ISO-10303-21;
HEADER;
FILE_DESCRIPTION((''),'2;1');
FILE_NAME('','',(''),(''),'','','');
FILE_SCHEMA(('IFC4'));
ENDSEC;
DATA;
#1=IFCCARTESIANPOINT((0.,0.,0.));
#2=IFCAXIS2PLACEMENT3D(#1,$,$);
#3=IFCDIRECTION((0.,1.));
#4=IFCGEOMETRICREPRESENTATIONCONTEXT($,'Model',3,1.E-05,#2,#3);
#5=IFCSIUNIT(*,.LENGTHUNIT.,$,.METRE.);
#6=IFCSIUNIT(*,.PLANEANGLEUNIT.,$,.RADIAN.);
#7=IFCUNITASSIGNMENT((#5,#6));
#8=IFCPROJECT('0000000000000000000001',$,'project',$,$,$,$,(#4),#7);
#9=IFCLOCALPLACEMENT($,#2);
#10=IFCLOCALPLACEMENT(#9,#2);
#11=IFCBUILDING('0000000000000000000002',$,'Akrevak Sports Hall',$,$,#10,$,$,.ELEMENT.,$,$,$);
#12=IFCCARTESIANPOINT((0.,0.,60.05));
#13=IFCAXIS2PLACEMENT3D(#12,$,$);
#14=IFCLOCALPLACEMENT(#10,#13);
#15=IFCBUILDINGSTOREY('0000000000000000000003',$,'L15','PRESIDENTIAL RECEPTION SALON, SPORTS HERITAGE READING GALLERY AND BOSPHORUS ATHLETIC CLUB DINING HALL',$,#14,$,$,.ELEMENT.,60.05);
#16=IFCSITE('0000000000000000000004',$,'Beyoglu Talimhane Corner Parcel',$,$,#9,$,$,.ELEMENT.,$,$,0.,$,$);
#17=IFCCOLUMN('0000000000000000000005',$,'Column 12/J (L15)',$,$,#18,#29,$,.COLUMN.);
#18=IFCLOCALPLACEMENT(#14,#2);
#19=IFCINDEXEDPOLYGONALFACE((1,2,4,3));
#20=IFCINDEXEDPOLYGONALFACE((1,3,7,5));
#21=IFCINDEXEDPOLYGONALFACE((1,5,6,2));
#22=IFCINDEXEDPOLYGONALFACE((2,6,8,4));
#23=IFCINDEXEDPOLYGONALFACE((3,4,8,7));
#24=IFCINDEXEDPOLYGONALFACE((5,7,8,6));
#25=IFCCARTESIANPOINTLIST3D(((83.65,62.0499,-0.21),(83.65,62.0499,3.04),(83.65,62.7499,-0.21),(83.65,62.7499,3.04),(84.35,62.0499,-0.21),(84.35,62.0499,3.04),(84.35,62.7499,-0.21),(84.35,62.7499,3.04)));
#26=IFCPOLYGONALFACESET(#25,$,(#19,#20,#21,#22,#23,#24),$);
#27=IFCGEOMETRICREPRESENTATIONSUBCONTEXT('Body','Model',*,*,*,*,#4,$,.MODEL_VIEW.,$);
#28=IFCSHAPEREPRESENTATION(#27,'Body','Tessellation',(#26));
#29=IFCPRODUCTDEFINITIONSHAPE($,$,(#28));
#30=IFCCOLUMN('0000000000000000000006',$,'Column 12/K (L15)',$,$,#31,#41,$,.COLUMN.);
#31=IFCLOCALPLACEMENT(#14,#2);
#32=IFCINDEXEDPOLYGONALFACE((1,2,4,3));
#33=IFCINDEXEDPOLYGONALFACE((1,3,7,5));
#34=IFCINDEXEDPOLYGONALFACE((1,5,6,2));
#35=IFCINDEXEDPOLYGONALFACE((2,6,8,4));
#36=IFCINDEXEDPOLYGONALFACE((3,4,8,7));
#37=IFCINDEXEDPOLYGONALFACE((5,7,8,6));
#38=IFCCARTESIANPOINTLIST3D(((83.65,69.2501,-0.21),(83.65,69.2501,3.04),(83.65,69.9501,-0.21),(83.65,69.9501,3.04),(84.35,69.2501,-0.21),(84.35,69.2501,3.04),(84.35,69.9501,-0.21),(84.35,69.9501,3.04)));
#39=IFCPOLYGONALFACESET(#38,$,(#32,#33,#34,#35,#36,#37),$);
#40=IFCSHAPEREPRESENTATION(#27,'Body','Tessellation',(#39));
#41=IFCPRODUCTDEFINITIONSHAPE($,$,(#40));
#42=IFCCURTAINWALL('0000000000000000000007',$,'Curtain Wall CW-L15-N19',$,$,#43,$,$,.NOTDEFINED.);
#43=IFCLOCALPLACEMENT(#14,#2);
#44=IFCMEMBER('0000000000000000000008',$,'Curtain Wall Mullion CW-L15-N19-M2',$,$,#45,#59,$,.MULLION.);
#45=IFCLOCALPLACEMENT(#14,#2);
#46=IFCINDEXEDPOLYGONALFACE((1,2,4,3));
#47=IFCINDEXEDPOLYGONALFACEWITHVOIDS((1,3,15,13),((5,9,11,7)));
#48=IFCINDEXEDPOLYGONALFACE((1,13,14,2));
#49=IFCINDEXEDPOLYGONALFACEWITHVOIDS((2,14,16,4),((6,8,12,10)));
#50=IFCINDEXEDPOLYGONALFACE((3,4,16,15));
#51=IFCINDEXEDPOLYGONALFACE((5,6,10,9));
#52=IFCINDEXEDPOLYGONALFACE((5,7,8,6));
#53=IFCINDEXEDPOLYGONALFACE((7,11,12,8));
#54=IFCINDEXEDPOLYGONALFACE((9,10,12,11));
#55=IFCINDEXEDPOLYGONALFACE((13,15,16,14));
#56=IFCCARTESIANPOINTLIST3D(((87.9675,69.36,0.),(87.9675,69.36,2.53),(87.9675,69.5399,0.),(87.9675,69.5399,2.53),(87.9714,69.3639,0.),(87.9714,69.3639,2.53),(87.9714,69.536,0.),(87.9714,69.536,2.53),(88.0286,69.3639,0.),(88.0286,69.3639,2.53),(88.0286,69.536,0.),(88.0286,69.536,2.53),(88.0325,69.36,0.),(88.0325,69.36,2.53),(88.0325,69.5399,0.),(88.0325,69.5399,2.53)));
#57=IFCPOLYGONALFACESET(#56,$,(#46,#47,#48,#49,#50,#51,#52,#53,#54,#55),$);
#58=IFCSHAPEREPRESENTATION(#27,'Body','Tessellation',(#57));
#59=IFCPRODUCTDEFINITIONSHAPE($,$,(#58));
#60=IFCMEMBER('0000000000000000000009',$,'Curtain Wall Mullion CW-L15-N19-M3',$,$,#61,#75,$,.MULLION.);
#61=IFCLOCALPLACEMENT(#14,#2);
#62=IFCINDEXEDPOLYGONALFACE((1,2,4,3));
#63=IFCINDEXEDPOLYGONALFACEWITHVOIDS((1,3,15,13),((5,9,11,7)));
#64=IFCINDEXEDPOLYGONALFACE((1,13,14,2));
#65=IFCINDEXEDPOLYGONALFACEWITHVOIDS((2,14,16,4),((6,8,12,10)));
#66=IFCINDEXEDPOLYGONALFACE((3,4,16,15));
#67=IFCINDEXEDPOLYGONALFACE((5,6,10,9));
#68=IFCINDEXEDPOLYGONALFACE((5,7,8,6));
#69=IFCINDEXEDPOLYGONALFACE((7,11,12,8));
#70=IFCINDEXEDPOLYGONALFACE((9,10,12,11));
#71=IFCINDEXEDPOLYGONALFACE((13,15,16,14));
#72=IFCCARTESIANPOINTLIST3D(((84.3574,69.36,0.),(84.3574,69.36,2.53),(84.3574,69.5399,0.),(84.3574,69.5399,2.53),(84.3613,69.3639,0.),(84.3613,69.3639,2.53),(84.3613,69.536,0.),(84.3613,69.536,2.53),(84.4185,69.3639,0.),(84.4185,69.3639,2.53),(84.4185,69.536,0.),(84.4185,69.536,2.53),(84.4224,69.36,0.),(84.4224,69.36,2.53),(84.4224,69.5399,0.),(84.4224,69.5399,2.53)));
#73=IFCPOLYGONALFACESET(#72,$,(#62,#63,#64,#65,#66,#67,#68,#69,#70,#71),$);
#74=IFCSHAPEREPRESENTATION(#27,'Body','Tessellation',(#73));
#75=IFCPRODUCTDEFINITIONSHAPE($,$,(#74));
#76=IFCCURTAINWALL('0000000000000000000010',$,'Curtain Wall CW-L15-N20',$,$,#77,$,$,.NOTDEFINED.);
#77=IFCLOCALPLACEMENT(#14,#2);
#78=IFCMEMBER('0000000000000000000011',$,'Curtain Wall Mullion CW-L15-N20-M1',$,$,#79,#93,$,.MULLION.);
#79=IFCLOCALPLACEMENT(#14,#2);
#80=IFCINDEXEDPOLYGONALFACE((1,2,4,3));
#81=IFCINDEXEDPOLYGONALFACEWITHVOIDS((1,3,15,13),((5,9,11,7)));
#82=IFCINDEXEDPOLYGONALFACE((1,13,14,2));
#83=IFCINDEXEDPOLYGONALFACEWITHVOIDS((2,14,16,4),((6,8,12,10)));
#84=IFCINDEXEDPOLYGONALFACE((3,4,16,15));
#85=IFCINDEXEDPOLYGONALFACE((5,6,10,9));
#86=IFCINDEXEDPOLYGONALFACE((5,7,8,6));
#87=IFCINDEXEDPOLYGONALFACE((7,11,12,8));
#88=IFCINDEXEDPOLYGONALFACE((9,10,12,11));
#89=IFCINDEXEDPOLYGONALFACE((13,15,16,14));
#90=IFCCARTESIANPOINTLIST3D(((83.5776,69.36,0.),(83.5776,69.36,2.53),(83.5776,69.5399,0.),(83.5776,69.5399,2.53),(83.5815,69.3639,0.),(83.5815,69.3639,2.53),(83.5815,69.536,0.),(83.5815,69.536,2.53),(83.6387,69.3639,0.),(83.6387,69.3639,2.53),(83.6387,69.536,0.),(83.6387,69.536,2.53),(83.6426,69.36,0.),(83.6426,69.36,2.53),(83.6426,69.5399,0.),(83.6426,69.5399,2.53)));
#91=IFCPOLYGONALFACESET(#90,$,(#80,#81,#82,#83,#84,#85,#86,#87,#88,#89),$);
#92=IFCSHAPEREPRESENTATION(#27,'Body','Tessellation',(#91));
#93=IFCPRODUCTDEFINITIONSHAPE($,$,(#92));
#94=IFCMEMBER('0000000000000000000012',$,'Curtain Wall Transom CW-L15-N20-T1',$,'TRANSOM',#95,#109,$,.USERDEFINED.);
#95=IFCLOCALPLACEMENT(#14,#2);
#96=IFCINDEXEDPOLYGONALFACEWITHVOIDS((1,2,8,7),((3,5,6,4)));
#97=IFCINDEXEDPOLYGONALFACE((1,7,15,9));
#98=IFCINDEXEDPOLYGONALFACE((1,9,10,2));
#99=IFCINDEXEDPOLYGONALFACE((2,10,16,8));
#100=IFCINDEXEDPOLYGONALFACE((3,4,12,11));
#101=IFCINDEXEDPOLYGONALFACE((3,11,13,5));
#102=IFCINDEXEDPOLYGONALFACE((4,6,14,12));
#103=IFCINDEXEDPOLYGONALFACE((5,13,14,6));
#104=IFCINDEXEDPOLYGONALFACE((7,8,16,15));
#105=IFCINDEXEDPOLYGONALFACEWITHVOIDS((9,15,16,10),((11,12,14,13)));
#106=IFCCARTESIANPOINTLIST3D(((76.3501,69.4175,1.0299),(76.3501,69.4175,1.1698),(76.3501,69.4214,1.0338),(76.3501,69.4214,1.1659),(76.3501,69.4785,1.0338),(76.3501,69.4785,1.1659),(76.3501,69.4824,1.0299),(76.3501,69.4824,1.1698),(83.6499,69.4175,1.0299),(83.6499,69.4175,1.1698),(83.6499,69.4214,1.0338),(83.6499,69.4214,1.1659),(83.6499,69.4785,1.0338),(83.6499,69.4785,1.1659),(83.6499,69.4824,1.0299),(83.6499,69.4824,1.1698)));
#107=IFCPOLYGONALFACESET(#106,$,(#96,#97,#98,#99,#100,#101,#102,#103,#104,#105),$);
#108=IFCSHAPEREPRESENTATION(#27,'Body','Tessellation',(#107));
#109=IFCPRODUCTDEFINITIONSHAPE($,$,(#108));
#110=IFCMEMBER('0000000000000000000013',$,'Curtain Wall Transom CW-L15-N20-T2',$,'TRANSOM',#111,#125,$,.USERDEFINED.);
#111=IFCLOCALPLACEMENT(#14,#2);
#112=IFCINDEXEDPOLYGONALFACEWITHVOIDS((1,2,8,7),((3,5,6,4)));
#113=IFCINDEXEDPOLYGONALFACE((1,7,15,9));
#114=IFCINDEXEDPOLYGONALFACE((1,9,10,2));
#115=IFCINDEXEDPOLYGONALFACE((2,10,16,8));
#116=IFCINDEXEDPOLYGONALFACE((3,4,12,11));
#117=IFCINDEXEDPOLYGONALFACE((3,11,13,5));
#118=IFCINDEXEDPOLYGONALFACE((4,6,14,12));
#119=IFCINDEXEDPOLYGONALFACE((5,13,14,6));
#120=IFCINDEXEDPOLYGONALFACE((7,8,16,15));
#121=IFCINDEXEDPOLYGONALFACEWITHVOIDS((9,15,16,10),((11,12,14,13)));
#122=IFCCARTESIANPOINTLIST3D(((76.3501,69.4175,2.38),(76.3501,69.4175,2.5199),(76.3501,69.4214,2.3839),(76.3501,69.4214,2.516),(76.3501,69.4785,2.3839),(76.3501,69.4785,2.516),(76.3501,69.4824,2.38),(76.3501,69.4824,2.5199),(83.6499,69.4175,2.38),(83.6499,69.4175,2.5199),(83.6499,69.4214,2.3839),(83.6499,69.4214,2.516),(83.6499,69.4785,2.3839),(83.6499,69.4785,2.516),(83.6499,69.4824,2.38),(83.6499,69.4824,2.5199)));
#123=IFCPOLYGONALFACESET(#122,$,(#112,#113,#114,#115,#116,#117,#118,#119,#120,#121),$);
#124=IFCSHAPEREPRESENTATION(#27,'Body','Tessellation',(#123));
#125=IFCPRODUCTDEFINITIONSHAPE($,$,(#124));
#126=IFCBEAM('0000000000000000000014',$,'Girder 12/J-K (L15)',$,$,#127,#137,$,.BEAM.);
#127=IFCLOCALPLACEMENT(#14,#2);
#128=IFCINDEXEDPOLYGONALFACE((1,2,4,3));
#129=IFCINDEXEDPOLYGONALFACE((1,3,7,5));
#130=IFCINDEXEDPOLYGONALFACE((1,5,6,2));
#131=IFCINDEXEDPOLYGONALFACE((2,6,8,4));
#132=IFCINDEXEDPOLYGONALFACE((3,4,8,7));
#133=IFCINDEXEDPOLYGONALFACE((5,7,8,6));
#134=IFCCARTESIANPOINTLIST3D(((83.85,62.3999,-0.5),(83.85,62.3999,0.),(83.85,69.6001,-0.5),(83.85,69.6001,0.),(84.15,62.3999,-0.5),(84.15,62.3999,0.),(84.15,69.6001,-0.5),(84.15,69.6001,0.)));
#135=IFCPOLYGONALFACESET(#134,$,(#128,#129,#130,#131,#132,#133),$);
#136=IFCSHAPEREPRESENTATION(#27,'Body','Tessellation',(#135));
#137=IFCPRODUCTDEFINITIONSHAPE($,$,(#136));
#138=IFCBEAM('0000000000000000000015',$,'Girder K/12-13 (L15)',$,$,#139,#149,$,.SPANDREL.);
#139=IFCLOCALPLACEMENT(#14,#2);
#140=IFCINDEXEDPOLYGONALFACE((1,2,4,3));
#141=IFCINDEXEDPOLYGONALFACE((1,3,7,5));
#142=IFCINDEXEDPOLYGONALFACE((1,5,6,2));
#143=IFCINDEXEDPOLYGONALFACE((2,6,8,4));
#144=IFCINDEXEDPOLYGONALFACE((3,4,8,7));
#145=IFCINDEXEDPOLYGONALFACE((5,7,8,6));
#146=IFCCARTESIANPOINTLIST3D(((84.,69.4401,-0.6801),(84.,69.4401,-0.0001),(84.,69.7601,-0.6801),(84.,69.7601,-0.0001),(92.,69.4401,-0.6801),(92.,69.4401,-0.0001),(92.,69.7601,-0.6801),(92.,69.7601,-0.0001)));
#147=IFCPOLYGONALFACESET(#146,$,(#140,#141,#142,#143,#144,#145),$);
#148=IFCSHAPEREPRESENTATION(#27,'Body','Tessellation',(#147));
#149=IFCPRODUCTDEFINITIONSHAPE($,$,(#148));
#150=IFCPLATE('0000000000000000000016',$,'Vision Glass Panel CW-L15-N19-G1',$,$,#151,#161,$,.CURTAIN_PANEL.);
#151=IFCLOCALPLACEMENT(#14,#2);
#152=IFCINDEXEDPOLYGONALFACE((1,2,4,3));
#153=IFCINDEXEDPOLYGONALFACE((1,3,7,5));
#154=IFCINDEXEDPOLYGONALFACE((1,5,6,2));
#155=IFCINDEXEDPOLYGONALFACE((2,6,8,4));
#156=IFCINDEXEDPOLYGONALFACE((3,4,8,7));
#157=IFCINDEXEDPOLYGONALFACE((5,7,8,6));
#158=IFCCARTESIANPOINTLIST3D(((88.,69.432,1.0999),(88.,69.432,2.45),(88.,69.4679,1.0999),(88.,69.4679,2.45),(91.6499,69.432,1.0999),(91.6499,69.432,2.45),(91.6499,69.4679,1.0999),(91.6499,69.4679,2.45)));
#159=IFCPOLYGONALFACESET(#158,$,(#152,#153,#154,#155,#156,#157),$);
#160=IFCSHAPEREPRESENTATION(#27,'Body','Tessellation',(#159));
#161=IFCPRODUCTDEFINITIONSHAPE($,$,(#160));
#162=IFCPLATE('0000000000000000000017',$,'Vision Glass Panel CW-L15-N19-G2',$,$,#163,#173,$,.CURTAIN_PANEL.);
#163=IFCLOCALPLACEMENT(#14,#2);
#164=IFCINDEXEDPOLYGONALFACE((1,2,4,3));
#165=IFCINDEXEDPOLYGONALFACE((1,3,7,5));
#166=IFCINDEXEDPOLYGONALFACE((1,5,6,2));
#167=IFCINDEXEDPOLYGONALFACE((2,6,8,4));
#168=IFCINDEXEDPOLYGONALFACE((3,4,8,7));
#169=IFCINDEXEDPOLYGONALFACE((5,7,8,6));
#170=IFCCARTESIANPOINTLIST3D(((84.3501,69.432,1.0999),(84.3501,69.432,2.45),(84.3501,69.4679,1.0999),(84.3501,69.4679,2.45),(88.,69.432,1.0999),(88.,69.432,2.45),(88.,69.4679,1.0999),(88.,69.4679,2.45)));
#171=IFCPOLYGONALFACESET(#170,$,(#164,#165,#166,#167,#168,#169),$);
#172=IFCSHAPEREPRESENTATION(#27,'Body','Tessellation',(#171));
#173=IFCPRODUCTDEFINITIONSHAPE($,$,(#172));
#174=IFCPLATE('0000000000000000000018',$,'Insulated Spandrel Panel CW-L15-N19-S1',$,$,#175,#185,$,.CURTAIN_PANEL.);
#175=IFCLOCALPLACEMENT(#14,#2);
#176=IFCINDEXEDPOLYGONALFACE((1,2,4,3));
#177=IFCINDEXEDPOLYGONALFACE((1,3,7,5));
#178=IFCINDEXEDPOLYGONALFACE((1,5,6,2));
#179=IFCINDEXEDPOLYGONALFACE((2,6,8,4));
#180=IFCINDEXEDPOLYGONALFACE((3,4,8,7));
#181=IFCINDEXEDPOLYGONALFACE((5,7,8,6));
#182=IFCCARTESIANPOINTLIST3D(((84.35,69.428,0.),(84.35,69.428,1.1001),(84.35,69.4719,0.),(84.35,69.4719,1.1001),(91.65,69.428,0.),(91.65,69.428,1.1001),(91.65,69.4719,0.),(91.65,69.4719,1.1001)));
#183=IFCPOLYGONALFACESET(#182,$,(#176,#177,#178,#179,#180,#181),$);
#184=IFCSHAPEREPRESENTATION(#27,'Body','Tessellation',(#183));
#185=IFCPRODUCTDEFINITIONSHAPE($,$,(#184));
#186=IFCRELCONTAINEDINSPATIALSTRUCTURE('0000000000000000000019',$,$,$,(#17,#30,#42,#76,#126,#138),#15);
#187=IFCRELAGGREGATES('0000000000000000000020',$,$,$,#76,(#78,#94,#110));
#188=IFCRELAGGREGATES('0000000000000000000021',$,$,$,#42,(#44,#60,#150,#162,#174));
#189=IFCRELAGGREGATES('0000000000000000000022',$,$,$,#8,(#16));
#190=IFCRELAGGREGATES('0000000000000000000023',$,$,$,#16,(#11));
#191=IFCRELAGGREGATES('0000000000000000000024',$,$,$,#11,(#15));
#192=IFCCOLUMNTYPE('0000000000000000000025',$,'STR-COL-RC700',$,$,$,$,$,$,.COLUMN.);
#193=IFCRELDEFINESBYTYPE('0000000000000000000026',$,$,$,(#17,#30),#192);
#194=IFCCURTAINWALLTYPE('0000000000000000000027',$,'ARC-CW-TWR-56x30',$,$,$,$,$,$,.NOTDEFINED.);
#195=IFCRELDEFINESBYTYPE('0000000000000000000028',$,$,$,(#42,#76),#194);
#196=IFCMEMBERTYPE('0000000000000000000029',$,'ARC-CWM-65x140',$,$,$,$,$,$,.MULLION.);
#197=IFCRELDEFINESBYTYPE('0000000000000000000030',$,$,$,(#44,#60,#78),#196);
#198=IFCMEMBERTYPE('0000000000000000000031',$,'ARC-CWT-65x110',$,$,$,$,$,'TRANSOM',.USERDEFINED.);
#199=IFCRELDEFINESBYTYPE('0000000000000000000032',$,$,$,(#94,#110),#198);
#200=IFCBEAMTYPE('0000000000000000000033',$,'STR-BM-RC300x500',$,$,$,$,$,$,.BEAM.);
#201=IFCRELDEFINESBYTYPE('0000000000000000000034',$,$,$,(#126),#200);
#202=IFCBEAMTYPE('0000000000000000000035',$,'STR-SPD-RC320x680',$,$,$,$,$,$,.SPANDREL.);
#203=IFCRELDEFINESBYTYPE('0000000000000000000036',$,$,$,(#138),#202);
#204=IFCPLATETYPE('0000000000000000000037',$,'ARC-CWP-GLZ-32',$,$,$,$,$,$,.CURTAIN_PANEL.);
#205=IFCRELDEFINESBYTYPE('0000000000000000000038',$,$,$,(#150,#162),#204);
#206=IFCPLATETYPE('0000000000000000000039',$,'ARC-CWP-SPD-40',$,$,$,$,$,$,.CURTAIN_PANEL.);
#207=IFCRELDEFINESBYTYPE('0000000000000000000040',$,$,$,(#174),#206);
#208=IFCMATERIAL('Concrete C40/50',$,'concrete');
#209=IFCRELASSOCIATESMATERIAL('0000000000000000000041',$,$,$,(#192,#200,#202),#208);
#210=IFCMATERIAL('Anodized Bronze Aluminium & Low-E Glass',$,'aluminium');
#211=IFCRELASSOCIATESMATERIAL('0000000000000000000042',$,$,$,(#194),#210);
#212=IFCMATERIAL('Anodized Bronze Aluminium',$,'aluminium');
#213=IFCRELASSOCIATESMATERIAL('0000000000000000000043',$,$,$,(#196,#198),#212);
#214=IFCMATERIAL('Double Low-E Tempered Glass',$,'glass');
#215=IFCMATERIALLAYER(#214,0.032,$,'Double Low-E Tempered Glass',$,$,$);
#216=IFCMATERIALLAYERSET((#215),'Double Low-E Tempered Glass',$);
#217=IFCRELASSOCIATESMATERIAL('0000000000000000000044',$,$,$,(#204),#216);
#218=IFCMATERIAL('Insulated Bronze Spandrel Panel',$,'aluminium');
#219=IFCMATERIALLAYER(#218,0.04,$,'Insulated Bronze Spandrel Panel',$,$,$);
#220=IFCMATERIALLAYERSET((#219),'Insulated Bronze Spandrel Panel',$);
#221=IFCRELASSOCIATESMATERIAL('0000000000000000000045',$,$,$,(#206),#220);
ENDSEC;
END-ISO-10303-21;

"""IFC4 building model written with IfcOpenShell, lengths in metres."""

from ifc_helpers import new_model, si_unit, direction, frame, origin, origin_2d, place, context, subcontext, project, spatial, rectangle, hollow_rectangle, extrude, material, layer, layer_set, material_profile, profile_set, type_object, element, aggregate, save


model = new_model("IFC4")

# Units and contexts
model_context = context("Model", 3, precision=1e-05, world=origin(), true_north=direction((0.0, 1.0)))
body_context = subcontext(model_context, "Body", "Model", "MODEL_VIEW")
ifc_project = project(units=[si_unit("LENGTHUNIT", "METRE"), si_unit("PLANEANGLEUNIT", "RADIAN")], contexts=[model_context])

# Site, building, storey
site_placement = place(None, origin())
site = spatial("IfcSite", under=ifc_project, at=site_placement, Name="Beyoglu Talimhane Corner Parcel", CompositionType="ELEMENT", RefElevation=0.0)
building_placement = place(site_placement, origin())
building = spatial("IfcBuilding", under=site, at=building_placement, Name="Akrevak Sports Hall", CompositionType="ELEMENT")
storey_placement = place(building_placement, frame((0.0, 0.0, 60.05)))
storey = spatial("IfcBuildingStorey", under=building, at=storey_placement, Name="L15", Description="PRESIDENTIAL RECEPTION SALON, SPORTS HERITAGE READING GALLERY AND BOSPHORUS ATHLETIC CLUB DINING HALL", CompositionType="ELEMENT", Elevation=60.05)

# Columns
ifc_material_1 = material(Name="Concrete C40/50", Category="concrete")
ifc_material_profile_1 = material_profile(ifc_material_1, rectangle(XDim=0.7, YDim=0.7, at=origin_2d()), Name="RC 700x700", Category="concrete")
ifc_profile_set_1 = profile_set([ifc_material_profile_1], Name="Concrete C40/50")
column_type = type_object("IfcColumnType", Name="STR-COL-RC700", PredefinedType="COLUMN", material=ifc_profile_set_1)
for number, where, z_axis, x_axis, name in (
    (1, (84.0, 62.3999, -0.21), (0.0, 0.0, 1.0), (1.0, 0.0, 0.0), "Column 12/J (L15)"),
    (2, (84.0, 69.6001, -0.21), (0.0, 0.0, 1.0), (1.0, 0.0, 0.0), "Column 12/K (L15)"),
):
    element("IfcColumn", number, at=place(storey_placement, frame(where, z_axis=z_axis, x_axis=x_axis)), inside=storey, type_object=column_type, Name=name, PredefinedType="COLUMN", context=body_context, shape_type="SweptSolid", body=[
        extrude(rectangle(XDim=0.7, YDim=0.7, at=origin_2d()), origin(), (0.0, 0.0, 1.0), 3.25),
    ])

# Curtain walls, members
ifc_material_2 = material(Name="Anodized Bronze Aluminium & Low-E Glass", Category="aluminium")
curtain_wall_type = type_object("IfcCurtainWallType", Name="ARC-CW-TWR-56x30", PredefinedType="NOTDEFINED", material=ifc_material_2)
curtain_wall_1_placement = place(storey_placement, origin())
curtain_wall_1 = element("IfcCurtainWall", 3, at=curtain_wall_1_placement, inside=storey, type_object=curtain_wall_type, Name="Curtain Wall CW-L15-N19", PredefinedType="NOTDEFINED")
ifc_material_3 = material(Name="Anodized Bronze Aluminium", Category="aluminium")
ifc_material_profile_2 = material_profile(ifc_material_3, hollow_rectangle(XDim=0.0649, YDim=0.1799, WallThickness=0.0039, at=origin_2d()), Name="CWM 65x180", Category="aluminium")
ifc_profile_set_2 = profile_set([ifc_material_profile_2], Name="Anodized Bronze Aluminium")
member_type_1 = type_object("IfcMemberType", Name="ARC-CWM-65x140", PredefinedType="MULLION", material=ifc_profile_set_2)
member_1_placement = place(storey_placement, frame((88.0, 69.45, 0.0), z_axis=(0.0, 0.0, 1.0), x_axis=(-1.0, 0.0, 0.0)))
member_1 = element("IfcMember", 4, at=member_1_placement, type_object=member_type_1, Name="Curtain Wall Mullion CW-L15-N19-M2", PredefinedType="MULLION", context=body_context, shape_type="SweptSolid", body=[
    extrude(hollow_rectangle(XDim=0.0649, YDim=0.1799, WallThickness=0.0039, at=origin_2d()), origin(), (0.0, 0.0, 1.0), 2.53),
])
member_2_placement = place(storey_placement, frame((84.3899, 69.45, 0.0), z_axis=(0.0, 0.0, 1.0), x_axis=(-1.0, 0.0, 0.0)))
member_2 = element("IfcMember", 5, at=member_2_placement, type_object=member_type_1, Name="Curtain Wall Mullion CW-L15-N19-M3", PredefinedType="MULLION", context=body_context, shape_type="SweptSolid", body=[
    extrude(hollow_rectangle(XDim=0.0649, YDim=0.1799, WallThickness=0.0039, at=origin_2d()), origin(), (0.0, 0.0, 1.0), 2.53),
])
curtain_wall_2_placement = place(storey_placement, origin())
curtain_wall_2 = element("IfcCurtainWall", 6, at=curtain_wall_2_placement, inside=storey, type_object=curtain_wall_type, Name="Curtain Wall CW-L15-N20", PredefinedType="NOTDEFINED")
member_3_placement = place(storey_placement, frame((83.6101, 69.45, 0.0), z_axis=(0.0, 0.0, 1.0), x_axis=(-1.0, 0.0, 0.0)))
member_3 = element("IfcMember", 7, at=member_3_placement, type_object=member_type_1, Name="Curtain Wall Mullion CW-L15-N20-M1", PredefinedType="MULLION", context=body_context, shape_type="SweptSolid", body=[
    extrude(hollow_rectangle(XDim=0.0649, YDim=0.1799, WallThickness=0.0039, at=origin_2d()), origin(), (0.0, 0.0, 1.0), 2.53),
])
ifc_material_profile_3 = material_profile(ifc_material_3, hollow_rectangle(XDim=0.0649, YDim=0.1399, WallThickness=0.0039, at=origin_2d()), Name="CWT 65x140", Category="aluminium")
ifc_profile_set_3 = profile_set([ifc_material_profile_3], Name="Anodized Bronze Aluminium")
member_type_2 = type_object("IfcMemberType", Name="ARC-CWT-65x110", ElementType="TRANSOM", PredefinedType="USERDEFINED", material=ifc_profile_set_3)
member_4_placement = place(storey_placement, frame((83.6499, 69.45, 1.0999), z_axis=(-1.0, 0.0, 0.0), x_axis=(0.0, -1.0, 0.0)))
member_4 = element("IfcMember", 8, at=member_4_placement, type_object=member_type_2, Name="Curtain Wall Transom CW-L15-N20-T1", ObjectType="TRANSOM", PredefinedType="USERDEFINED", context=body_context, shape_type="SweptSolid", body=[
    extrude(hollow_rectangle(XDim=0.0649, YDim=0.1399, WallThickness=0.0039, at=origin_2d()), origin(), (0.0, 0.0, 1.0), 7.2998),
])
member_5_placement = place(storey_placement, frame((83.6499, 69.45, 2.45), z_axis=(-1.0, 0.0, 0.0), x_axis=(0.0, -1.0, 0.0)))
member_5 = element("IfcMember", 9, at=member_5_placement, type_object=member_type_2, Name="Curtain Wall Transom CW-L15-N20-T2", ObjectType="TRANSOM", PredefinedType="USERDEFINED", context=body_context, shape_type="SweptSolid", body=[
    extrude(hollow_rectangle(XDim=0.0649, YDim=0.1399, WallThickness=0.0039, at=origin_2d()), origin(), (0.0, 0.0, 1.0), 7.2998),
])
aggregate(curtain_wall_2, [member_3, member_4, member_5])

# Beams
ifc_material_profile_4 = material_profile(ifc_material_1, rectangle(XDim=0.3, YDim=0.5, at=origin_2d()), Name="BM 300x500", Category="concrete")
ifc_profile_set_4 = profile_set([ifc_material_profile_4], Name="Concrete C40/50")
beam_type_1 = type_object("IfcBeamType", Name="STR-BM-RC300x500", PredefinedType="BEAM", material=ifc_profile_set_4)
beam_1_placement = place(storey_placement, frame((84.0, 62.3999, -0.25), z_axis=(0.0, 1.0, 0.0), x_axis=(-1.0, 0.0, 0.0)))
element("IfcBeam", 10, at=beam_1_placement, inside=storey, type_object=beam_type_1, Name="Girder 12/J-K (L15)", PredefinedType="BEAM", context=body_context, shape_type="SweptSolid", body=[
    extrude(rectangle(XDim=0.3, YDim=0.5, at=origin_2d()), origin(), (0.0, 0.0, 1.0), 7.2002),
])
ifc_material_profile_5 = material_profile(ifc_material_1, rectangle(XDim=0.3201, YDim=0.6799, at=origin_2d()), Name="SPD 320x680", Category="concrete")
ifc_profile_set_5 = profile_set([ifc_material_profile_5], Name="Concrete C40/50")
beam_type_2 = type_object("IfcBeamType", Name="STR-SPD-RC320x680", PredefinedType="SPANDREL", material=ifc_profile_set_5)
beam_2_placement = place(storey_placement, frame((84.0, 69.6001, -0.3401), z_axis=(1.0, 0.0, 0.0), x_axis=(0.0, 1.0, 0.0)))
element("IfcBeam", 11, at=beam_2_placement, inside=storey, type_object=beam_type_2, Name="Girder K/12-13 (L15)", PredefinedType="SPANDREL", context=body_context, shape_type="SweptSolid", body=[
    extrude(rectangle(XDim=0.3201, YDim=0.6799, at=origin_2d()), origin(), (0.0, 0.0, 1.0), 8.0),
])

# Plates
ifc_material_4 = material(Name="Double Low-E Tempered Glass", Category="glass")
ifc_layer_1 = layer(ifc_material_4, 0.032, Name="Double Low-E Tempered Glass")
ifc_layer_set_1 = layer_set([ifc_layer_1], Name="Double Low-E Tempered Glass")
plate_type_1 = type_object("IfcPlateType", Name="ARC-CWP-GLZ-32", PredefinedType="CURTAIN_PANEL", material=ifc_layer_set_1)
plate_1_placement = place(storey_placement, frame((89.825, 69.45, 1.0999), z_axis=(0.0, 0.0, 1.0), x_axis=(-1.0, 0.0, 0.0)))
plate_1 = element("IfcPlate", 12, at=plate_1_placement, type_object=plate_type_1, Name="Vision Glass Panel CW-L15-N19-G1", PredefinedType="CURTAIN_PANEL", context=body_context, shape_type="SweptSolid", body=[
    extrude(rectangle(XDim=3.6499, YDim=0.0359, at=origin_2d()), origin(), (0.0, 0.0, 1.0), 1.3501),
])
plate_2_placement = place(storey_placement, frame((86.175, 69.45, 1.0999), z_axis=(0.0, 0.0, 1.0), x_axis=(-1.0, 0.0, 0.0)))
plate_2 = element("IfcPlate", 13, at=plate_2_placement, type_object=plate_type_1, Name="Vision Glass Panel CW-L15-N19-G2", PredefinedType="CURTAIN_PANEL", context=body_context, shape_type="SweptSolid", body=[
    extrude(rectangle(XDim=3.6499, YDim=0.0359, at=origin_2d()), origin(), (0.0, 0.0, 1.0), 1.3501),
])
ifc_material_5 = material(Name="Insulated Bronze Spandrel Panel", Category="aluminium")
ifc_layer_2 = layer(ifc_material_5, 0.04, Name="Insulated Bronze Spandrel Panel")
ifc_layer_set_2 = layer_set([ifc_layer_2], Name="Insulated Bronze Spandrel Panel")
plate_type_2 = type_object("IfcPlateType", Name="ARC-CWP-SPD-40", PredefinedType="CURTAIN_PANEL", material=ifc_layer_set_2)
plate_3_placement = place(storey_placement, frame((88.0, 69.45, 0.0), z_axis=(0.0, 0.0, 1.0), x_axis=(-1.0, 0.0, 0.0)))
plate_3 = element("IfcPlate", 14, at=plate_3_placement, type_object=plate_type_2, Name="Insulated Spandrel Panel CW-L15-N19-S1", PredefinedType="CURTAIN_PANEL", context=body_context, shape_type="SweptSolid", body=[
    extrude(rectangle(XDim=7.3, YDim=0.0439, at=origin_2d()), origin(), (0.0, 0.0, 1.0), 1.1001),
])
aggregate(curtain_wall_1, [member_1, member_2, plate_1, plate_2, plate_3])

save(model, "model.ifc")
